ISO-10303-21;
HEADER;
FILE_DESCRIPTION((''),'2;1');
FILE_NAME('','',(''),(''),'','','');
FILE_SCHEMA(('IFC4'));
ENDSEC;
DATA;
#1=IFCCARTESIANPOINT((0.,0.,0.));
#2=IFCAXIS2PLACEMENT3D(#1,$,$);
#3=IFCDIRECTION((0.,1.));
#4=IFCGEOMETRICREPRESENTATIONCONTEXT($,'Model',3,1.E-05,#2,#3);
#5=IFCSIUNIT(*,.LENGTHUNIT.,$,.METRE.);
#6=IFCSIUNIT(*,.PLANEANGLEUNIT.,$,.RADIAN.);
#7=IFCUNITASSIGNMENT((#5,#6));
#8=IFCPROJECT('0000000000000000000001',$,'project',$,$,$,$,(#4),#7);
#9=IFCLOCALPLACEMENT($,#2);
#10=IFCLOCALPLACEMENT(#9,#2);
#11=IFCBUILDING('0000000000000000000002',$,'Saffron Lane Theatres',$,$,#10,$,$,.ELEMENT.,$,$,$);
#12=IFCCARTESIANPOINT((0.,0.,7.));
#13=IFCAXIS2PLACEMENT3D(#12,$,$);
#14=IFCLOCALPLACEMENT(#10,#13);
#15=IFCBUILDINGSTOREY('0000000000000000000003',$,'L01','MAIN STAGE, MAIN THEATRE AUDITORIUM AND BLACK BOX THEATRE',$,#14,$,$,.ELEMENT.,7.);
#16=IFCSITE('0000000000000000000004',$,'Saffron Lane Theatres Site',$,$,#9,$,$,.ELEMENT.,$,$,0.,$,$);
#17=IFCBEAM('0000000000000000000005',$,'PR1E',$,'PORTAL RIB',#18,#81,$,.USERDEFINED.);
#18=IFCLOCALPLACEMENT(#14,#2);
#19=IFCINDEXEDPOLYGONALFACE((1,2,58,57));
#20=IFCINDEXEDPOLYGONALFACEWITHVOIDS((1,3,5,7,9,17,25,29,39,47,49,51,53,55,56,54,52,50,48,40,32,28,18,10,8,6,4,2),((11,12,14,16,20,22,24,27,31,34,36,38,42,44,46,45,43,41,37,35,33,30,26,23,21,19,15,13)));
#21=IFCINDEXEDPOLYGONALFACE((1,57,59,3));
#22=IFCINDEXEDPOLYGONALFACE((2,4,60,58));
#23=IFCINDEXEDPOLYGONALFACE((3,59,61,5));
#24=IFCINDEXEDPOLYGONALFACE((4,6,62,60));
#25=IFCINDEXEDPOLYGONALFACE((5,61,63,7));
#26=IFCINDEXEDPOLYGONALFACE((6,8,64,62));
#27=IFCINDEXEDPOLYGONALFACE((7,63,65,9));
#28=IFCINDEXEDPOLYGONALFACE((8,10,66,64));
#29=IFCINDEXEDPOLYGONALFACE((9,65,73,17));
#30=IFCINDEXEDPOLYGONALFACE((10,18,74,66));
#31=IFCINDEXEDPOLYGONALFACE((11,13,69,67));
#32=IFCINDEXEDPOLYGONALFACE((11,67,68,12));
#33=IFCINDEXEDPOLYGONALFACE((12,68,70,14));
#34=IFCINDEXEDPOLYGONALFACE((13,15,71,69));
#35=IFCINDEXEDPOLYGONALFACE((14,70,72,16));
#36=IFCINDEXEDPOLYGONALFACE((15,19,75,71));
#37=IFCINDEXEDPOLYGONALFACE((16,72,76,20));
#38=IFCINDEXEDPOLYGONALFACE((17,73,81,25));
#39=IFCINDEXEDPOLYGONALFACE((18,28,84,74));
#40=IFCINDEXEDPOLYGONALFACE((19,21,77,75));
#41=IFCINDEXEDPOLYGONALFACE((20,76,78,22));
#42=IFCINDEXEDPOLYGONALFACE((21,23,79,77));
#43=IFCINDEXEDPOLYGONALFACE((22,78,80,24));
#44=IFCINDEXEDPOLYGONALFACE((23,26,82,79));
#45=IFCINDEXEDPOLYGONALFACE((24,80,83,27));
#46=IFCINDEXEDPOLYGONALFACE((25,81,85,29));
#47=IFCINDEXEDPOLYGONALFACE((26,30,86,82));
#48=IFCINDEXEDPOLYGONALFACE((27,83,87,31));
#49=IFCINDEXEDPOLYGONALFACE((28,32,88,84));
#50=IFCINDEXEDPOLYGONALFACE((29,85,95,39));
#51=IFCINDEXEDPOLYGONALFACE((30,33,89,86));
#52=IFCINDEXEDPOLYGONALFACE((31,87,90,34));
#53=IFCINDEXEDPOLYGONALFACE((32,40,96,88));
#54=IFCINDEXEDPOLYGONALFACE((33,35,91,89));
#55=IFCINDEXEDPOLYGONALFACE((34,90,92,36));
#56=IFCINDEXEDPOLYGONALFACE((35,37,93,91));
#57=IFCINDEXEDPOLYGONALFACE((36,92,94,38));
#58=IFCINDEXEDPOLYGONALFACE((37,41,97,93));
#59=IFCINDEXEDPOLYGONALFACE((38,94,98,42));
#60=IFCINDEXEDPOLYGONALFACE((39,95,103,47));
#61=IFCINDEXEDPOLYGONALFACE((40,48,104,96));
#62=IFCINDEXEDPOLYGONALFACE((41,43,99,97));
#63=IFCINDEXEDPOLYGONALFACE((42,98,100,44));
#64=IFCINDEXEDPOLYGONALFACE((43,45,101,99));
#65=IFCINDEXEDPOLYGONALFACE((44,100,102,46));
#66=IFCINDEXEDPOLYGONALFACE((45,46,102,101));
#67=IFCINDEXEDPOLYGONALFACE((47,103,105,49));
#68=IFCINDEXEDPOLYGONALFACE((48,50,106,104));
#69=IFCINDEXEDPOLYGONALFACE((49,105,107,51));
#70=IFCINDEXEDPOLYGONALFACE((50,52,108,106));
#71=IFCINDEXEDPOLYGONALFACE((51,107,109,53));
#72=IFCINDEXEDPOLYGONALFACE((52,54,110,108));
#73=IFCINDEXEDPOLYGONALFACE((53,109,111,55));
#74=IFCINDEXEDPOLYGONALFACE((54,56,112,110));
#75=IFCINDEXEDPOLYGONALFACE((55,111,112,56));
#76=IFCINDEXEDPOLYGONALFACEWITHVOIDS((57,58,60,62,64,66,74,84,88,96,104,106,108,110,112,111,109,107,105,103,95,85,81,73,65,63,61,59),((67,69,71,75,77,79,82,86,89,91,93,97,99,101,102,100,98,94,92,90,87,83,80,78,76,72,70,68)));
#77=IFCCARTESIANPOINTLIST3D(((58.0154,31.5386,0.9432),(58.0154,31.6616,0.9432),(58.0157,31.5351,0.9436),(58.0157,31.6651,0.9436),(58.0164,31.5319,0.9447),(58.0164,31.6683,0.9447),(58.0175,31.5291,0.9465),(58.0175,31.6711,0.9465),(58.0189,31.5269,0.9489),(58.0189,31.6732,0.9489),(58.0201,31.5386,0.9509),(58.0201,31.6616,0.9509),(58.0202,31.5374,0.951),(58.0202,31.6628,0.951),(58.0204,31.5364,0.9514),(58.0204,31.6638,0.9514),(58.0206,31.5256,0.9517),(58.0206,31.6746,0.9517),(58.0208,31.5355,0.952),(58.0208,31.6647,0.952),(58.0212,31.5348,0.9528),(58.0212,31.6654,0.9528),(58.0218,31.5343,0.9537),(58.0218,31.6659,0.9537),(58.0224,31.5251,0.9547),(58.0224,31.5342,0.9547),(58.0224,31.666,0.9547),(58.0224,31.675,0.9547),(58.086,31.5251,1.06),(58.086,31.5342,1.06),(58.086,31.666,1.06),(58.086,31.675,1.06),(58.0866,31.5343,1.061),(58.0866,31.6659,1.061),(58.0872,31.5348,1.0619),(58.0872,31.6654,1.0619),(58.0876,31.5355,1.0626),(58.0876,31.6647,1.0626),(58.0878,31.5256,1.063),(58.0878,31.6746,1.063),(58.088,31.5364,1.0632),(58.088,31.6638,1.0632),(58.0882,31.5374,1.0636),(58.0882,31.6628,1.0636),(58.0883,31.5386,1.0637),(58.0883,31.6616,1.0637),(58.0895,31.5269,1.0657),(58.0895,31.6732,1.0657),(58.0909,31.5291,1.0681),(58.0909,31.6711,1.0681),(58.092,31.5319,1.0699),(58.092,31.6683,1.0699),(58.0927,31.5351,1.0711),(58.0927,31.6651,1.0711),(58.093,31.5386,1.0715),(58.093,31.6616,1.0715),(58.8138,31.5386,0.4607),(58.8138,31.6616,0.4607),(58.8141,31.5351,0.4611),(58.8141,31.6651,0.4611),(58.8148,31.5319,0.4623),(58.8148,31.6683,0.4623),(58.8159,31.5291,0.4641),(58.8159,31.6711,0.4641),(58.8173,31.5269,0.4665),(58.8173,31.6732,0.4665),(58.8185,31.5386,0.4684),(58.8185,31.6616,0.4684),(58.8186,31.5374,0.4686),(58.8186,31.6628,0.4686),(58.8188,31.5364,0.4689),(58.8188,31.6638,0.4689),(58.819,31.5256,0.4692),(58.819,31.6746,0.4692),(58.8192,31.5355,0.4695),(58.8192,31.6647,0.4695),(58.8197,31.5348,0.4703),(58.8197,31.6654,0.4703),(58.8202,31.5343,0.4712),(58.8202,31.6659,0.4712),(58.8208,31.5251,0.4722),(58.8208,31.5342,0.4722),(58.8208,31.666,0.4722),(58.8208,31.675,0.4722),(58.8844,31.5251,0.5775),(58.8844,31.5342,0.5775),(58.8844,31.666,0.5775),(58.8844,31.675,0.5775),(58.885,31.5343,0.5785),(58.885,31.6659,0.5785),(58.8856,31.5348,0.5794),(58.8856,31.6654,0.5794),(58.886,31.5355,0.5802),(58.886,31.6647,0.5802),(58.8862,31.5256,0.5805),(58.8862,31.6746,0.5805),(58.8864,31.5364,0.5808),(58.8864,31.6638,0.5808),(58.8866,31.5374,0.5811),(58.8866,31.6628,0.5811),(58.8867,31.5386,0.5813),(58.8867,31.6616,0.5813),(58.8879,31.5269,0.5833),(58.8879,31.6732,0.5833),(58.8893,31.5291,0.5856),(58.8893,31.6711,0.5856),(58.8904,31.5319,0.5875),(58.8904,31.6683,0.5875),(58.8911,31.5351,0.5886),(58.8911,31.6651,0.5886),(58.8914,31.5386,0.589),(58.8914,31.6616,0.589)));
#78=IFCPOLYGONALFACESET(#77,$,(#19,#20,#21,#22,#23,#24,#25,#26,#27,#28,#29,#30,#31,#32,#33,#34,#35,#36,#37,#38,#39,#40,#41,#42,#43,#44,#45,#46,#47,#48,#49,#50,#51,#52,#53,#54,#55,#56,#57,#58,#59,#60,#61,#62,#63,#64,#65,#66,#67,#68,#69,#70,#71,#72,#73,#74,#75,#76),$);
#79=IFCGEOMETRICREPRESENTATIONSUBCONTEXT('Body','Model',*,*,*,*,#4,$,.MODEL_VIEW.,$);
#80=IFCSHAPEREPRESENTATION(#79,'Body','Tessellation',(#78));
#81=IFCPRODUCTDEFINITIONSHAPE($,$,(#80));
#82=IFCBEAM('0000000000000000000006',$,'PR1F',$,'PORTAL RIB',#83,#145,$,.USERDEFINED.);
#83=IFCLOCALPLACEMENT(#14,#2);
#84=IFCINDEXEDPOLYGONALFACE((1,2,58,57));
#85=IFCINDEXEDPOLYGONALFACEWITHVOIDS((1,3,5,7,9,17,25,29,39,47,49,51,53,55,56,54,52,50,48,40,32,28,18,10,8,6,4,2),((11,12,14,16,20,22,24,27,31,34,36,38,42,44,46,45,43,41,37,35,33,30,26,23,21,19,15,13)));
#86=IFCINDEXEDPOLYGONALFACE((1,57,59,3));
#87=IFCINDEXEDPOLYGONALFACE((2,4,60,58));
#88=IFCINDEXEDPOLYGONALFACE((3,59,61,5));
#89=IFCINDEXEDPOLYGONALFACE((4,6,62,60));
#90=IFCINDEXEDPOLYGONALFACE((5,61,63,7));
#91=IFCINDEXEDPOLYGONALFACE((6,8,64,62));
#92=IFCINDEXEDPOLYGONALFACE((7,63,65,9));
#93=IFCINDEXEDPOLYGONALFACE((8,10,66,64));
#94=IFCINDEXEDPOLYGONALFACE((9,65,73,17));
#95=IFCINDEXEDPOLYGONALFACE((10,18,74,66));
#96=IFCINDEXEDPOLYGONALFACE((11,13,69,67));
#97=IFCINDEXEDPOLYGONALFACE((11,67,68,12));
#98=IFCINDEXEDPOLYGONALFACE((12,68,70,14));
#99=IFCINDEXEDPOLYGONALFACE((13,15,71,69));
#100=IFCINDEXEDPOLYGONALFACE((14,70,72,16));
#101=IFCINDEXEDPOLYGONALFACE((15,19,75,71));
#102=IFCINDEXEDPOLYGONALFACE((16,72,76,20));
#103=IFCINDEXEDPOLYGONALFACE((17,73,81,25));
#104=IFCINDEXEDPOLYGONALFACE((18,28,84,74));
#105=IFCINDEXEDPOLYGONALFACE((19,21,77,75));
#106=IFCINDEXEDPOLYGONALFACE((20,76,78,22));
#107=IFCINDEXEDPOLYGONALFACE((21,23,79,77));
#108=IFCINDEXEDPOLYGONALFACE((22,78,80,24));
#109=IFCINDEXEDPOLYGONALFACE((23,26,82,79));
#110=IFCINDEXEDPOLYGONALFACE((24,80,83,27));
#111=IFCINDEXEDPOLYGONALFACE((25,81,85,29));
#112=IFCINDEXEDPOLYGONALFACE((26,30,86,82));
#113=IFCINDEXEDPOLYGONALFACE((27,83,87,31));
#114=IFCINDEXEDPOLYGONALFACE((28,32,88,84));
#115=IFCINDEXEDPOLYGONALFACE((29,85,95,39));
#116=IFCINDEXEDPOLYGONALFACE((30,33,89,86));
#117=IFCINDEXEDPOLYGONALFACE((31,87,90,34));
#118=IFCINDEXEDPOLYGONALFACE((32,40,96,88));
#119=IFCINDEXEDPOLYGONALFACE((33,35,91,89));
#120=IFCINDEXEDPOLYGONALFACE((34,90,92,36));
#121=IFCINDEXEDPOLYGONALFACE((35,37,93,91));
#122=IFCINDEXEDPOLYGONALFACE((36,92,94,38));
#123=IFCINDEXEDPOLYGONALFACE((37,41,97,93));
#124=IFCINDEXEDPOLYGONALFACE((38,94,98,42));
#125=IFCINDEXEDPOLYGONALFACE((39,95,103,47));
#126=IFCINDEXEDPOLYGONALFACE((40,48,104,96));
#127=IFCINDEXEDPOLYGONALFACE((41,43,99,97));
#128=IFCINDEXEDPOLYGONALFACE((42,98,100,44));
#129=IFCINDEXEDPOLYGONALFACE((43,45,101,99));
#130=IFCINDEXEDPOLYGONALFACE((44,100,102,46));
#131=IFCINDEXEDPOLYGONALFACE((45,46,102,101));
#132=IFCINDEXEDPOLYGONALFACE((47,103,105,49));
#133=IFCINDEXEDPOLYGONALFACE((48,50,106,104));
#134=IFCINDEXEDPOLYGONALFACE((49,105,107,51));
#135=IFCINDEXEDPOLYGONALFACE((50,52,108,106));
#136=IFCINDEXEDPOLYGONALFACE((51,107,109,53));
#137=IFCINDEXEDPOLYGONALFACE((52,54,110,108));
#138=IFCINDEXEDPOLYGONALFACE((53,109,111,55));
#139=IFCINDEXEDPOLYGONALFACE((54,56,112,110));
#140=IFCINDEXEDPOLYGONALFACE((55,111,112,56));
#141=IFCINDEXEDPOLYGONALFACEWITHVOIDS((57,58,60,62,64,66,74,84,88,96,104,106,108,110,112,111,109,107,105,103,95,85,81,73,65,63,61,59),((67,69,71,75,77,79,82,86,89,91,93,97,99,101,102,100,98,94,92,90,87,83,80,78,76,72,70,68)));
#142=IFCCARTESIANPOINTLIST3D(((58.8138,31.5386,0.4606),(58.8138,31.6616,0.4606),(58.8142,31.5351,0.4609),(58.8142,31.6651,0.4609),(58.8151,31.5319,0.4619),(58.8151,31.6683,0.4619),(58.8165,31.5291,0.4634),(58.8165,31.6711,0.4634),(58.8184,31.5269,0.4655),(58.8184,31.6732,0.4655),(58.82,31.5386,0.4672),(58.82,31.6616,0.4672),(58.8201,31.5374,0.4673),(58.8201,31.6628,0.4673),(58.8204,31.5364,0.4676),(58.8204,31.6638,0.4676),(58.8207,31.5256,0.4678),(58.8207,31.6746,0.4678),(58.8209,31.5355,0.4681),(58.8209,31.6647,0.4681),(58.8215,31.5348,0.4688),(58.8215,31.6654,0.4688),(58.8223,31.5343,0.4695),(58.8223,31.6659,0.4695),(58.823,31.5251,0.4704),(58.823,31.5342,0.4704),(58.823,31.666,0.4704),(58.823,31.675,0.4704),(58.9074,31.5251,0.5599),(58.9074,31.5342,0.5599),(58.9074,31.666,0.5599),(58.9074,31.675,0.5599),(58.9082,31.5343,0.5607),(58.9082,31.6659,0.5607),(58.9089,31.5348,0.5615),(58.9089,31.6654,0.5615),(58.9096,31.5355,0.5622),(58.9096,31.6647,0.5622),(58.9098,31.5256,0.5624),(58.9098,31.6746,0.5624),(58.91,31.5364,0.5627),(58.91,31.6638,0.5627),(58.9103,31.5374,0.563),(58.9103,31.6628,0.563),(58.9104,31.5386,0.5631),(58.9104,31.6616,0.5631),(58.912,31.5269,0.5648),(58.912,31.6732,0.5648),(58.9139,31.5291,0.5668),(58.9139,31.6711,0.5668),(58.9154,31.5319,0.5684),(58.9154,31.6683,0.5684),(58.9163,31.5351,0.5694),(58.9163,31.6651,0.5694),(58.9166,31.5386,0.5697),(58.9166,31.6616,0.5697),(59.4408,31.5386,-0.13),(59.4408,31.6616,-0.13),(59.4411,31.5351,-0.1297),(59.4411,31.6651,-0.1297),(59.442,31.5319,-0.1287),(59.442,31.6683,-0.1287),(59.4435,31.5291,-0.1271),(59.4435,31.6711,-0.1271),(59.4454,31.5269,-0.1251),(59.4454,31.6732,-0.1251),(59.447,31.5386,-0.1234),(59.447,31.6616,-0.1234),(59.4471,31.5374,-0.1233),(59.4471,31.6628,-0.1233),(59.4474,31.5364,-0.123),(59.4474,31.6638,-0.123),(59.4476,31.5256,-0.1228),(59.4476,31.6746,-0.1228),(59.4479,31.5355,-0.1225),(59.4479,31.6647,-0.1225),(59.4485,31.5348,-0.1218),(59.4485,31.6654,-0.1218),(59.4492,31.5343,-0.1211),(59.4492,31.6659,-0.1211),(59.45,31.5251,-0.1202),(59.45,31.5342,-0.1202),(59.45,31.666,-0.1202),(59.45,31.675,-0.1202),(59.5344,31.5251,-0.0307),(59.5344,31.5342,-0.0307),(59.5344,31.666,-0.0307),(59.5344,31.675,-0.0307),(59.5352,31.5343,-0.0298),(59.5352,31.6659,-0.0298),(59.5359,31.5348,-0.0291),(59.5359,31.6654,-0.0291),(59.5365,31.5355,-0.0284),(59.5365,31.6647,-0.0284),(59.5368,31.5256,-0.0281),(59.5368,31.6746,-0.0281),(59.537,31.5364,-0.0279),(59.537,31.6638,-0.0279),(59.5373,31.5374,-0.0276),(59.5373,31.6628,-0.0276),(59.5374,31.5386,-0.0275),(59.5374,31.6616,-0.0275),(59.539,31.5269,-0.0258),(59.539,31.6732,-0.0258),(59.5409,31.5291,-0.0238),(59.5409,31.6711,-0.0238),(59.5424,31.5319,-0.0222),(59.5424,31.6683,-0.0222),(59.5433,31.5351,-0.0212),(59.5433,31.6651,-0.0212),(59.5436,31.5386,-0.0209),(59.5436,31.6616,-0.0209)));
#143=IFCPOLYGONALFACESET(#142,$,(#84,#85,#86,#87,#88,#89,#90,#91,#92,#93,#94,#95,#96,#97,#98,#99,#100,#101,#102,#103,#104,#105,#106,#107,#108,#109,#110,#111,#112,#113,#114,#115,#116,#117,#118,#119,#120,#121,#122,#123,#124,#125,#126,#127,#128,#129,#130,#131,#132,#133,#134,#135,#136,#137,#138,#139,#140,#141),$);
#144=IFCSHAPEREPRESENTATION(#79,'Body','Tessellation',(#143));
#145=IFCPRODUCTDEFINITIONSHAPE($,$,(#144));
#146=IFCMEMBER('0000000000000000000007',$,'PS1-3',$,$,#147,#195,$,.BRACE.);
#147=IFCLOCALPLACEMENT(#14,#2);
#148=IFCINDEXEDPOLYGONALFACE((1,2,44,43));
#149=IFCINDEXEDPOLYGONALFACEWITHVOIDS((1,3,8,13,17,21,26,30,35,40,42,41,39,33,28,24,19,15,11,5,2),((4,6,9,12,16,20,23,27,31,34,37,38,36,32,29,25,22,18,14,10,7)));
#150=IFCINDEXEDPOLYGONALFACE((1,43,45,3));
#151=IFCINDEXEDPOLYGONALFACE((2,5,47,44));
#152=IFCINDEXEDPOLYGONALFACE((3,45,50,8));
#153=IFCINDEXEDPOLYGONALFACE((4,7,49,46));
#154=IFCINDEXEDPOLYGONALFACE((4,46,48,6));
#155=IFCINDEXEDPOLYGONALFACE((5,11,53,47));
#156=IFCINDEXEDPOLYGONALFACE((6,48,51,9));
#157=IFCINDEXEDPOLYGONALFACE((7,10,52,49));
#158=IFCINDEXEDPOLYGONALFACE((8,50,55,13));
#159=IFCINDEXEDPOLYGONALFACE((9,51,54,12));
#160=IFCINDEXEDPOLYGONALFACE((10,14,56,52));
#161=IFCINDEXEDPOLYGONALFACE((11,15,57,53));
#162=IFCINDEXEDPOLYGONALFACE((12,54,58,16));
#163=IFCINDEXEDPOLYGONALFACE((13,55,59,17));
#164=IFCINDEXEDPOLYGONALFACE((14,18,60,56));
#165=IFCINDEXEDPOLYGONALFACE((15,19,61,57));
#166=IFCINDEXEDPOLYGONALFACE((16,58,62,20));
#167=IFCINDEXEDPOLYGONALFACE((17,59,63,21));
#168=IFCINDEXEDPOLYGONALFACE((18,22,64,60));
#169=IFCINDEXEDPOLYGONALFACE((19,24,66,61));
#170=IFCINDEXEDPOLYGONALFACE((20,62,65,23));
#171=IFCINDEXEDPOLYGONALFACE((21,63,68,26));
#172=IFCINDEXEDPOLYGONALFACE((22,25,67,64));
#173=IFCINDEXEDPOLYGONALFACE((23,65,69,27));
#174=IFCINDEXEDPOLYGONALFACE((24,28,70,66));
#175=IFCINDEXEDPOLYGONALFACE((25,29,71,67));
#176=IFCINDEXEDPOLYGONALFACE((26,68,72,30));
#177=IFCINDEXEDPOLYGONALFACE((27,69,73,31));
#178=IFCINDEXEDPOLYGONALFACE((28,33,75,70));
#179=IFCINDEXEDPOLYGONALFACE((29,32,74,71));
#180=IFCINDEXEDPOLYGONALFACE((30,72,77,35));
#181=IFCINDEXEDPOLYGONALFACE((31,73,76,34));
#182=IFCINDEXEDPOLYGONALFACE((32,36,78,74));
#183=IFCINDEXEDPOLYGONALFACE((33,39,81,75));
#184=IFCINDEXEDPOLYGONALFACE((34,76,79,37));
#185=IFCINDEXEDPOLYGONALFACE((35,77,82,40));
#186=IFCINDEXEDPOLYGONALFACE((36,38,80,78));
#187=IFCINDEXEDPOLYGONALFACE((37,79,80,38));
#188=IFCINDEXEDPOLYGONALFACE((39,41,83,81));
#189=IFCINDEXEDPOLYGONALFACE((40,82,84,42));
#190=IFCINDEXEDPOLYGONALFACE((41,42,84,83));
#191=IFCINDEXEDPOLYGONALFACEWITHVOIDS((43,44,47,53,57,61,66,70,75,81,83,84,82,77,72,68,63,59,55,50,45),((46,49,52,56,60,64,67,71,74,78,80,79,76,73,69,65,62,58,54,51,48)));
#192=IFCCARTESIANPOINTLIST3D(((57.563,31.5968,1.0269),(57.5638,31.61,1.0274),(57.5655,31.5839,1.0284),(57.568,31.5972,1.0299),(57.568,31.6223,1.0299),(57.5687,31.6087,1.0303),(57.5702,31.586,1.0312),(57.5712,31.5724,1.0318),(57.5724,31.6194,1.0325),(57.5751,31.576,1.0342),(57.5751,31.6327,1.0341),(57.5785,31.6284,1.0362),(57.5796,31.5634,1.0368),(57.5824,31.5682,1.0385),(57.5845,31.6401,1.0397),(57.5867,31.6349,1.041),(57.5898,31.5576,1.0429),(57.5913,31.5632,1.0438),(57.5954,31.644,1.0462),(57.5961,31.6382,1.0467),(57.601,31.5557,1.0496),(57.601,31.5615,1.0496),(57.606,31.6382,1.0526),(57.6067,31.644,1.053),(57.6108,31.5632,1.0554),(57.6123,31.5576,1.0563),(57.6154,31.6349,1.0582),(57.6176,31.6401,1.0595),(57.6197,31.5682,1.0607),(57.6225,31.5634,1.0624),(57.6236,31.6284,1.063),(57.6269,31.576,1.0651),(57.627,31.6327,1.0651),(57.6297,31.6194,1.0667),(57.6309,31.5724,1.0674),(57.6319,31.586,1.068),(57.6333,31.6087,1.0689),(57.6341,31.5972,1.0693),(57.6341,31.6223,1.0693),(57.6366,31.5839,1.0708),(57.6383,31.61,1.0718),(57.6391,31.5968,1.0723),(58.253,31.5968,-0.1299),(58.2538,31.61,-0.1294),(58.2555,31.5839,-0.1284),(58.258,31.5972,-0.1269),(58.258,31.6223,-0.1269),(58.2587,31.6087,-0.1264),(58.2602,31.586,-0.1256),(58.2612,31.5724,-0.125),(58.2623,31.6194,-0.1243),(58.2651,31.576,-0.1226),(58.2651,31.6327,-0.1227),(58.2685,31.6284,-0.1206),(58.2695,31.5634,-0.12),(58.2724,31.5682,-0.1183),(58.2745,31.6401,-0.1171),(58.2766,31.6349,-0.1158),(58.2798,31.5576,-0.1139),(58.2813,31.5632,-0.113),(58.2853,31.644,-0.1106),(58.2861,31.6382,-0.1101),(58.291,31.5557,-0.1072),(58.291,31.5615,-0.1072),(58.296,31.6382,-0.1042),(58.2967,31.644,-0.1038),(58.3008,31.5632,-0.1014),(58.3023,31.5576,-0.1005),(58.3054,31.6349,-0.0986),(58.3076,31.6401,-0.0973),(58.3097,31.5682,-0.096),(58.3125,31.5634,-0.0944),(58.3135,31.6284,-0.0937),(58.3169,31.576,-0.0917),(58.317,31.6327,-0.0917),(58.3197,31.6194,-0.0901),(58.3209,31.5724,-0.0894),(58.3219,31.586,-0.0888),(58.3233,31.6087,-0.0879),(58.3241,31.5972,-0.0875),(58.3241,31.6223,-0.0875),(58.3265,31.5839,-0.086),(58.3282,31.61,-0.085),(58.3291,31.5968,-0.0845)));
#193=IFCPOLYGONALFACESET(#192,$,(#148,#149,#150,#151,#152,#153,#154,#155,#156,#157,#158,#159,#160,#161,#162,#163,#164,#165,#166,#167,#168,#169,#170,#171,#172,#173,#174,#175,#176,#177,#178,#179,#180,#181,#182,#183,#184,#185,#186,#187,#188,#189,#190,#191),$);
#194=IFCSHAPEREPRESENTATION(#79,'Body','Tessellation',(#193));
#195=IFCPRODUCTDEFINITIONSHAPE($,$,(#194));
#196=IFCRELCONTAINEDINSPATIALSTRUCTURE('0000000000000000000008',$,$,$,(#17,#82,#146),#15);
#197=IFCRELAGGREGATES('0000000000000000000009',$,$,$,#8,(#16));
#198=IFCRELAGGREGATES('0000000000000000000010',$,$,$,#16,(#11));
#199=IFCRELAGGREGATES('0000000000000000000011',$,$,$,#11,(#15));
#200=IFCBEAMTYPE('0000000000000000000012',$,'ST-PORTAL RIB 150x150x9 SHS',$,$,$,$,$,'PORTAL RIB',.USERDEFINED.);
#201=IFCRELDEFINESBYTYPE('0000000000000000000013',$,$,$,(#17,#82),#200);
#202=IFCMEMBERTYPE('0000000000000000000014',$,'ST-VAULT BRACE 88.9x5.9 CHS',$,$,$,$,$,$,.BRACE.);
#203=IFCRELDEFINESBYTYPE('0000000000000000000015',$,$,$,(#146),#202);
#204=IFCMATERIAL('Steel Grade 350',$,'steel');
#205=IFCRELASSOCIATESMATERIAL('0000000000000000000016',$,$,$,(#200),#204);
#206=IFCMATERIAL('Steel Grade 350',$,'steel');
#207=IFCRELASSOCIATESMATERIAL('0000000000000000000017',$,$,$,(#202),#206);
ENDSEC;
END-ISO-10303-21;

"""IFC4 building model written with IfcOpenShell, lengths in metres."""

from ifc_helpers import new_model, si_unit, direction, frame, origin, origin_2d, place, context, subcontext, project, spatial, hollow_rectangle, hollow_circle, extrude, material, material_profile, profile_set, type_object, element, save


model = new_model("IFC4")

# Units and contexts
model_context = context("Model", 3, precision=1e-05, world=origin(), true_north=direction((0.0, 1.0)))
body_context = subcontext(model_context, "Body", "Model", "MODEL_VIEW")
ifc_project = project(units=[si_unit("LENGTHUNIT", "METRE"), si_unit("PLANEANGLEUNIT", "RADIAN")], contexts=[model_context])

# Site, building, storey
site_placement = place(None, origin())
site = spatial("IfcSite", under=ifc_project, at=site_placement, Name="Saffron Lane Theatres Site", CompositionType="ELEMENT", RefElevation=0.0)
building_placement = place(site_placement, origin())
building = spatial("IfcBuilding", under=site, at=building_placement, Name="Saffron Lane Theatres", CompositionType="ELEMENT")
storey_placement = place(building_placement, frame((0.0, 0.0, 7.0)))
storey = spatial("IfcBuildingStorey", under=building, at=storey_placement, Name="L01", Description="MAIN STAGE, MAIN THEATRE AUDITORIUM AND BLACK BOX THEATRE", CompositionType="ELEMENT", Elevation=7.0)

# Beams
ifc_material_1 = material(Name="Steel Grade 350", Category="steel")
ifc_material_profile_1 = material_profile(ifc_material_1, hollow_rectangle(XDim=0.1499, YDim=0.1499, WallThickness=0.009, InnerFilletRadius=0.0044, OuterFilletRadius=0.0134, at=origin_2d()))
ifc_profile_set_1 = profile_set([ifc_material_profile_1], Name="Steel Grade 350")
beam_type = type_object("IfcBeamType", Name="ST-PORTAL RIB 150x150x9 SHS", ElementType="PORTAL RIB", PredefinedType="USERDEFINED", material=ifc_profile_set_1)
beam_1_placement = place(storey_placement, frame((58.0542, 31.6001, 1.0073), z_axis=(0.855872, 0.0, -0.517188), x_axis=(0.0, 1.0, 0.0)))
element("IfcBeam", 1, at=beam_1_placement, inside=storey, type_object=beam_type, Name="PR1E", ObjectType="PORTAL RIB", PredefinedType="USERDEFINED", context=body_context, shape_type="SweptSolid", body=[
    extrude(hollow_rectangle(XDim=0.1499, YDim=0.1499, WallThickness=0.009, InnerFilletRadius=0.0044, OuterFilletRadius=0.0134, at=origin_2d()), origin(), (0.0, 0.0, 1.0), 0.9329),
])
beam_2_placement = place(storey_placement, frame((58.8652, 31.6001, 0.5151), z_axis=(0.727909, 0.0, -0.685674), x_axis=(0.0, 1.0, 0.0)))
element("IfcBeam", 2, at=beam_2_placement, inside=storey, type_object=beam_type, Name="PR1F", ObjectType="PORTAL RIB", PredefinedType="USERDEFINED", context=body_context, shape_type="SweptSolid", body=[
    extrude(hollow_rectangle(XDim=0.1499, YDim=0.1499, WallThickness=0.009, InnerFilletRadius=0.0044, OuterFilletRadius=0.0134, at=origin_2d()), origin(), (0.0, 0.0, 1.0), 0.8613),
])

# Member
ifc_material_2 = material(Name="Steel Grade 350", Category="steel")
ifc_material_profile_2 = material_profile(ifc_material_2, hollow_circle(Radius=0.0444, WallThickness=0.0059, at=origin_2d()))
ifc_profile_set_2 = profile_set([ifc_material_profile_2], Name="Steel Grade 350")
member_type_1 = type_object("IfcMemberType", Name="ST-VAULT BRACE 88.9x5.9 CHS", PredefinedType="BRACE", material=ifc_profile_set_2)
member_1_placement = place(storey_placement, frame((58.291, 31.6001, -0.1072), z_axis=(-0.512255, 0.0, 0.858833), x_axis=(0.0, -1.0, 0.0)))
element("IfcMember", 3, at=member_1_placement, inside=storey, type_object=member_type_1, Name="PS1-3", PredefinedType="BRACE", context=body_context, shape_type="SweptSolid", body=[
    extrude(hollow_circle(Radius=0.0444, WallThickness=0.0059, at=origin_2d()), origin(), (0.0, 0.0, 1.0), 1.3469),
])

save(model, "model.ifc")
